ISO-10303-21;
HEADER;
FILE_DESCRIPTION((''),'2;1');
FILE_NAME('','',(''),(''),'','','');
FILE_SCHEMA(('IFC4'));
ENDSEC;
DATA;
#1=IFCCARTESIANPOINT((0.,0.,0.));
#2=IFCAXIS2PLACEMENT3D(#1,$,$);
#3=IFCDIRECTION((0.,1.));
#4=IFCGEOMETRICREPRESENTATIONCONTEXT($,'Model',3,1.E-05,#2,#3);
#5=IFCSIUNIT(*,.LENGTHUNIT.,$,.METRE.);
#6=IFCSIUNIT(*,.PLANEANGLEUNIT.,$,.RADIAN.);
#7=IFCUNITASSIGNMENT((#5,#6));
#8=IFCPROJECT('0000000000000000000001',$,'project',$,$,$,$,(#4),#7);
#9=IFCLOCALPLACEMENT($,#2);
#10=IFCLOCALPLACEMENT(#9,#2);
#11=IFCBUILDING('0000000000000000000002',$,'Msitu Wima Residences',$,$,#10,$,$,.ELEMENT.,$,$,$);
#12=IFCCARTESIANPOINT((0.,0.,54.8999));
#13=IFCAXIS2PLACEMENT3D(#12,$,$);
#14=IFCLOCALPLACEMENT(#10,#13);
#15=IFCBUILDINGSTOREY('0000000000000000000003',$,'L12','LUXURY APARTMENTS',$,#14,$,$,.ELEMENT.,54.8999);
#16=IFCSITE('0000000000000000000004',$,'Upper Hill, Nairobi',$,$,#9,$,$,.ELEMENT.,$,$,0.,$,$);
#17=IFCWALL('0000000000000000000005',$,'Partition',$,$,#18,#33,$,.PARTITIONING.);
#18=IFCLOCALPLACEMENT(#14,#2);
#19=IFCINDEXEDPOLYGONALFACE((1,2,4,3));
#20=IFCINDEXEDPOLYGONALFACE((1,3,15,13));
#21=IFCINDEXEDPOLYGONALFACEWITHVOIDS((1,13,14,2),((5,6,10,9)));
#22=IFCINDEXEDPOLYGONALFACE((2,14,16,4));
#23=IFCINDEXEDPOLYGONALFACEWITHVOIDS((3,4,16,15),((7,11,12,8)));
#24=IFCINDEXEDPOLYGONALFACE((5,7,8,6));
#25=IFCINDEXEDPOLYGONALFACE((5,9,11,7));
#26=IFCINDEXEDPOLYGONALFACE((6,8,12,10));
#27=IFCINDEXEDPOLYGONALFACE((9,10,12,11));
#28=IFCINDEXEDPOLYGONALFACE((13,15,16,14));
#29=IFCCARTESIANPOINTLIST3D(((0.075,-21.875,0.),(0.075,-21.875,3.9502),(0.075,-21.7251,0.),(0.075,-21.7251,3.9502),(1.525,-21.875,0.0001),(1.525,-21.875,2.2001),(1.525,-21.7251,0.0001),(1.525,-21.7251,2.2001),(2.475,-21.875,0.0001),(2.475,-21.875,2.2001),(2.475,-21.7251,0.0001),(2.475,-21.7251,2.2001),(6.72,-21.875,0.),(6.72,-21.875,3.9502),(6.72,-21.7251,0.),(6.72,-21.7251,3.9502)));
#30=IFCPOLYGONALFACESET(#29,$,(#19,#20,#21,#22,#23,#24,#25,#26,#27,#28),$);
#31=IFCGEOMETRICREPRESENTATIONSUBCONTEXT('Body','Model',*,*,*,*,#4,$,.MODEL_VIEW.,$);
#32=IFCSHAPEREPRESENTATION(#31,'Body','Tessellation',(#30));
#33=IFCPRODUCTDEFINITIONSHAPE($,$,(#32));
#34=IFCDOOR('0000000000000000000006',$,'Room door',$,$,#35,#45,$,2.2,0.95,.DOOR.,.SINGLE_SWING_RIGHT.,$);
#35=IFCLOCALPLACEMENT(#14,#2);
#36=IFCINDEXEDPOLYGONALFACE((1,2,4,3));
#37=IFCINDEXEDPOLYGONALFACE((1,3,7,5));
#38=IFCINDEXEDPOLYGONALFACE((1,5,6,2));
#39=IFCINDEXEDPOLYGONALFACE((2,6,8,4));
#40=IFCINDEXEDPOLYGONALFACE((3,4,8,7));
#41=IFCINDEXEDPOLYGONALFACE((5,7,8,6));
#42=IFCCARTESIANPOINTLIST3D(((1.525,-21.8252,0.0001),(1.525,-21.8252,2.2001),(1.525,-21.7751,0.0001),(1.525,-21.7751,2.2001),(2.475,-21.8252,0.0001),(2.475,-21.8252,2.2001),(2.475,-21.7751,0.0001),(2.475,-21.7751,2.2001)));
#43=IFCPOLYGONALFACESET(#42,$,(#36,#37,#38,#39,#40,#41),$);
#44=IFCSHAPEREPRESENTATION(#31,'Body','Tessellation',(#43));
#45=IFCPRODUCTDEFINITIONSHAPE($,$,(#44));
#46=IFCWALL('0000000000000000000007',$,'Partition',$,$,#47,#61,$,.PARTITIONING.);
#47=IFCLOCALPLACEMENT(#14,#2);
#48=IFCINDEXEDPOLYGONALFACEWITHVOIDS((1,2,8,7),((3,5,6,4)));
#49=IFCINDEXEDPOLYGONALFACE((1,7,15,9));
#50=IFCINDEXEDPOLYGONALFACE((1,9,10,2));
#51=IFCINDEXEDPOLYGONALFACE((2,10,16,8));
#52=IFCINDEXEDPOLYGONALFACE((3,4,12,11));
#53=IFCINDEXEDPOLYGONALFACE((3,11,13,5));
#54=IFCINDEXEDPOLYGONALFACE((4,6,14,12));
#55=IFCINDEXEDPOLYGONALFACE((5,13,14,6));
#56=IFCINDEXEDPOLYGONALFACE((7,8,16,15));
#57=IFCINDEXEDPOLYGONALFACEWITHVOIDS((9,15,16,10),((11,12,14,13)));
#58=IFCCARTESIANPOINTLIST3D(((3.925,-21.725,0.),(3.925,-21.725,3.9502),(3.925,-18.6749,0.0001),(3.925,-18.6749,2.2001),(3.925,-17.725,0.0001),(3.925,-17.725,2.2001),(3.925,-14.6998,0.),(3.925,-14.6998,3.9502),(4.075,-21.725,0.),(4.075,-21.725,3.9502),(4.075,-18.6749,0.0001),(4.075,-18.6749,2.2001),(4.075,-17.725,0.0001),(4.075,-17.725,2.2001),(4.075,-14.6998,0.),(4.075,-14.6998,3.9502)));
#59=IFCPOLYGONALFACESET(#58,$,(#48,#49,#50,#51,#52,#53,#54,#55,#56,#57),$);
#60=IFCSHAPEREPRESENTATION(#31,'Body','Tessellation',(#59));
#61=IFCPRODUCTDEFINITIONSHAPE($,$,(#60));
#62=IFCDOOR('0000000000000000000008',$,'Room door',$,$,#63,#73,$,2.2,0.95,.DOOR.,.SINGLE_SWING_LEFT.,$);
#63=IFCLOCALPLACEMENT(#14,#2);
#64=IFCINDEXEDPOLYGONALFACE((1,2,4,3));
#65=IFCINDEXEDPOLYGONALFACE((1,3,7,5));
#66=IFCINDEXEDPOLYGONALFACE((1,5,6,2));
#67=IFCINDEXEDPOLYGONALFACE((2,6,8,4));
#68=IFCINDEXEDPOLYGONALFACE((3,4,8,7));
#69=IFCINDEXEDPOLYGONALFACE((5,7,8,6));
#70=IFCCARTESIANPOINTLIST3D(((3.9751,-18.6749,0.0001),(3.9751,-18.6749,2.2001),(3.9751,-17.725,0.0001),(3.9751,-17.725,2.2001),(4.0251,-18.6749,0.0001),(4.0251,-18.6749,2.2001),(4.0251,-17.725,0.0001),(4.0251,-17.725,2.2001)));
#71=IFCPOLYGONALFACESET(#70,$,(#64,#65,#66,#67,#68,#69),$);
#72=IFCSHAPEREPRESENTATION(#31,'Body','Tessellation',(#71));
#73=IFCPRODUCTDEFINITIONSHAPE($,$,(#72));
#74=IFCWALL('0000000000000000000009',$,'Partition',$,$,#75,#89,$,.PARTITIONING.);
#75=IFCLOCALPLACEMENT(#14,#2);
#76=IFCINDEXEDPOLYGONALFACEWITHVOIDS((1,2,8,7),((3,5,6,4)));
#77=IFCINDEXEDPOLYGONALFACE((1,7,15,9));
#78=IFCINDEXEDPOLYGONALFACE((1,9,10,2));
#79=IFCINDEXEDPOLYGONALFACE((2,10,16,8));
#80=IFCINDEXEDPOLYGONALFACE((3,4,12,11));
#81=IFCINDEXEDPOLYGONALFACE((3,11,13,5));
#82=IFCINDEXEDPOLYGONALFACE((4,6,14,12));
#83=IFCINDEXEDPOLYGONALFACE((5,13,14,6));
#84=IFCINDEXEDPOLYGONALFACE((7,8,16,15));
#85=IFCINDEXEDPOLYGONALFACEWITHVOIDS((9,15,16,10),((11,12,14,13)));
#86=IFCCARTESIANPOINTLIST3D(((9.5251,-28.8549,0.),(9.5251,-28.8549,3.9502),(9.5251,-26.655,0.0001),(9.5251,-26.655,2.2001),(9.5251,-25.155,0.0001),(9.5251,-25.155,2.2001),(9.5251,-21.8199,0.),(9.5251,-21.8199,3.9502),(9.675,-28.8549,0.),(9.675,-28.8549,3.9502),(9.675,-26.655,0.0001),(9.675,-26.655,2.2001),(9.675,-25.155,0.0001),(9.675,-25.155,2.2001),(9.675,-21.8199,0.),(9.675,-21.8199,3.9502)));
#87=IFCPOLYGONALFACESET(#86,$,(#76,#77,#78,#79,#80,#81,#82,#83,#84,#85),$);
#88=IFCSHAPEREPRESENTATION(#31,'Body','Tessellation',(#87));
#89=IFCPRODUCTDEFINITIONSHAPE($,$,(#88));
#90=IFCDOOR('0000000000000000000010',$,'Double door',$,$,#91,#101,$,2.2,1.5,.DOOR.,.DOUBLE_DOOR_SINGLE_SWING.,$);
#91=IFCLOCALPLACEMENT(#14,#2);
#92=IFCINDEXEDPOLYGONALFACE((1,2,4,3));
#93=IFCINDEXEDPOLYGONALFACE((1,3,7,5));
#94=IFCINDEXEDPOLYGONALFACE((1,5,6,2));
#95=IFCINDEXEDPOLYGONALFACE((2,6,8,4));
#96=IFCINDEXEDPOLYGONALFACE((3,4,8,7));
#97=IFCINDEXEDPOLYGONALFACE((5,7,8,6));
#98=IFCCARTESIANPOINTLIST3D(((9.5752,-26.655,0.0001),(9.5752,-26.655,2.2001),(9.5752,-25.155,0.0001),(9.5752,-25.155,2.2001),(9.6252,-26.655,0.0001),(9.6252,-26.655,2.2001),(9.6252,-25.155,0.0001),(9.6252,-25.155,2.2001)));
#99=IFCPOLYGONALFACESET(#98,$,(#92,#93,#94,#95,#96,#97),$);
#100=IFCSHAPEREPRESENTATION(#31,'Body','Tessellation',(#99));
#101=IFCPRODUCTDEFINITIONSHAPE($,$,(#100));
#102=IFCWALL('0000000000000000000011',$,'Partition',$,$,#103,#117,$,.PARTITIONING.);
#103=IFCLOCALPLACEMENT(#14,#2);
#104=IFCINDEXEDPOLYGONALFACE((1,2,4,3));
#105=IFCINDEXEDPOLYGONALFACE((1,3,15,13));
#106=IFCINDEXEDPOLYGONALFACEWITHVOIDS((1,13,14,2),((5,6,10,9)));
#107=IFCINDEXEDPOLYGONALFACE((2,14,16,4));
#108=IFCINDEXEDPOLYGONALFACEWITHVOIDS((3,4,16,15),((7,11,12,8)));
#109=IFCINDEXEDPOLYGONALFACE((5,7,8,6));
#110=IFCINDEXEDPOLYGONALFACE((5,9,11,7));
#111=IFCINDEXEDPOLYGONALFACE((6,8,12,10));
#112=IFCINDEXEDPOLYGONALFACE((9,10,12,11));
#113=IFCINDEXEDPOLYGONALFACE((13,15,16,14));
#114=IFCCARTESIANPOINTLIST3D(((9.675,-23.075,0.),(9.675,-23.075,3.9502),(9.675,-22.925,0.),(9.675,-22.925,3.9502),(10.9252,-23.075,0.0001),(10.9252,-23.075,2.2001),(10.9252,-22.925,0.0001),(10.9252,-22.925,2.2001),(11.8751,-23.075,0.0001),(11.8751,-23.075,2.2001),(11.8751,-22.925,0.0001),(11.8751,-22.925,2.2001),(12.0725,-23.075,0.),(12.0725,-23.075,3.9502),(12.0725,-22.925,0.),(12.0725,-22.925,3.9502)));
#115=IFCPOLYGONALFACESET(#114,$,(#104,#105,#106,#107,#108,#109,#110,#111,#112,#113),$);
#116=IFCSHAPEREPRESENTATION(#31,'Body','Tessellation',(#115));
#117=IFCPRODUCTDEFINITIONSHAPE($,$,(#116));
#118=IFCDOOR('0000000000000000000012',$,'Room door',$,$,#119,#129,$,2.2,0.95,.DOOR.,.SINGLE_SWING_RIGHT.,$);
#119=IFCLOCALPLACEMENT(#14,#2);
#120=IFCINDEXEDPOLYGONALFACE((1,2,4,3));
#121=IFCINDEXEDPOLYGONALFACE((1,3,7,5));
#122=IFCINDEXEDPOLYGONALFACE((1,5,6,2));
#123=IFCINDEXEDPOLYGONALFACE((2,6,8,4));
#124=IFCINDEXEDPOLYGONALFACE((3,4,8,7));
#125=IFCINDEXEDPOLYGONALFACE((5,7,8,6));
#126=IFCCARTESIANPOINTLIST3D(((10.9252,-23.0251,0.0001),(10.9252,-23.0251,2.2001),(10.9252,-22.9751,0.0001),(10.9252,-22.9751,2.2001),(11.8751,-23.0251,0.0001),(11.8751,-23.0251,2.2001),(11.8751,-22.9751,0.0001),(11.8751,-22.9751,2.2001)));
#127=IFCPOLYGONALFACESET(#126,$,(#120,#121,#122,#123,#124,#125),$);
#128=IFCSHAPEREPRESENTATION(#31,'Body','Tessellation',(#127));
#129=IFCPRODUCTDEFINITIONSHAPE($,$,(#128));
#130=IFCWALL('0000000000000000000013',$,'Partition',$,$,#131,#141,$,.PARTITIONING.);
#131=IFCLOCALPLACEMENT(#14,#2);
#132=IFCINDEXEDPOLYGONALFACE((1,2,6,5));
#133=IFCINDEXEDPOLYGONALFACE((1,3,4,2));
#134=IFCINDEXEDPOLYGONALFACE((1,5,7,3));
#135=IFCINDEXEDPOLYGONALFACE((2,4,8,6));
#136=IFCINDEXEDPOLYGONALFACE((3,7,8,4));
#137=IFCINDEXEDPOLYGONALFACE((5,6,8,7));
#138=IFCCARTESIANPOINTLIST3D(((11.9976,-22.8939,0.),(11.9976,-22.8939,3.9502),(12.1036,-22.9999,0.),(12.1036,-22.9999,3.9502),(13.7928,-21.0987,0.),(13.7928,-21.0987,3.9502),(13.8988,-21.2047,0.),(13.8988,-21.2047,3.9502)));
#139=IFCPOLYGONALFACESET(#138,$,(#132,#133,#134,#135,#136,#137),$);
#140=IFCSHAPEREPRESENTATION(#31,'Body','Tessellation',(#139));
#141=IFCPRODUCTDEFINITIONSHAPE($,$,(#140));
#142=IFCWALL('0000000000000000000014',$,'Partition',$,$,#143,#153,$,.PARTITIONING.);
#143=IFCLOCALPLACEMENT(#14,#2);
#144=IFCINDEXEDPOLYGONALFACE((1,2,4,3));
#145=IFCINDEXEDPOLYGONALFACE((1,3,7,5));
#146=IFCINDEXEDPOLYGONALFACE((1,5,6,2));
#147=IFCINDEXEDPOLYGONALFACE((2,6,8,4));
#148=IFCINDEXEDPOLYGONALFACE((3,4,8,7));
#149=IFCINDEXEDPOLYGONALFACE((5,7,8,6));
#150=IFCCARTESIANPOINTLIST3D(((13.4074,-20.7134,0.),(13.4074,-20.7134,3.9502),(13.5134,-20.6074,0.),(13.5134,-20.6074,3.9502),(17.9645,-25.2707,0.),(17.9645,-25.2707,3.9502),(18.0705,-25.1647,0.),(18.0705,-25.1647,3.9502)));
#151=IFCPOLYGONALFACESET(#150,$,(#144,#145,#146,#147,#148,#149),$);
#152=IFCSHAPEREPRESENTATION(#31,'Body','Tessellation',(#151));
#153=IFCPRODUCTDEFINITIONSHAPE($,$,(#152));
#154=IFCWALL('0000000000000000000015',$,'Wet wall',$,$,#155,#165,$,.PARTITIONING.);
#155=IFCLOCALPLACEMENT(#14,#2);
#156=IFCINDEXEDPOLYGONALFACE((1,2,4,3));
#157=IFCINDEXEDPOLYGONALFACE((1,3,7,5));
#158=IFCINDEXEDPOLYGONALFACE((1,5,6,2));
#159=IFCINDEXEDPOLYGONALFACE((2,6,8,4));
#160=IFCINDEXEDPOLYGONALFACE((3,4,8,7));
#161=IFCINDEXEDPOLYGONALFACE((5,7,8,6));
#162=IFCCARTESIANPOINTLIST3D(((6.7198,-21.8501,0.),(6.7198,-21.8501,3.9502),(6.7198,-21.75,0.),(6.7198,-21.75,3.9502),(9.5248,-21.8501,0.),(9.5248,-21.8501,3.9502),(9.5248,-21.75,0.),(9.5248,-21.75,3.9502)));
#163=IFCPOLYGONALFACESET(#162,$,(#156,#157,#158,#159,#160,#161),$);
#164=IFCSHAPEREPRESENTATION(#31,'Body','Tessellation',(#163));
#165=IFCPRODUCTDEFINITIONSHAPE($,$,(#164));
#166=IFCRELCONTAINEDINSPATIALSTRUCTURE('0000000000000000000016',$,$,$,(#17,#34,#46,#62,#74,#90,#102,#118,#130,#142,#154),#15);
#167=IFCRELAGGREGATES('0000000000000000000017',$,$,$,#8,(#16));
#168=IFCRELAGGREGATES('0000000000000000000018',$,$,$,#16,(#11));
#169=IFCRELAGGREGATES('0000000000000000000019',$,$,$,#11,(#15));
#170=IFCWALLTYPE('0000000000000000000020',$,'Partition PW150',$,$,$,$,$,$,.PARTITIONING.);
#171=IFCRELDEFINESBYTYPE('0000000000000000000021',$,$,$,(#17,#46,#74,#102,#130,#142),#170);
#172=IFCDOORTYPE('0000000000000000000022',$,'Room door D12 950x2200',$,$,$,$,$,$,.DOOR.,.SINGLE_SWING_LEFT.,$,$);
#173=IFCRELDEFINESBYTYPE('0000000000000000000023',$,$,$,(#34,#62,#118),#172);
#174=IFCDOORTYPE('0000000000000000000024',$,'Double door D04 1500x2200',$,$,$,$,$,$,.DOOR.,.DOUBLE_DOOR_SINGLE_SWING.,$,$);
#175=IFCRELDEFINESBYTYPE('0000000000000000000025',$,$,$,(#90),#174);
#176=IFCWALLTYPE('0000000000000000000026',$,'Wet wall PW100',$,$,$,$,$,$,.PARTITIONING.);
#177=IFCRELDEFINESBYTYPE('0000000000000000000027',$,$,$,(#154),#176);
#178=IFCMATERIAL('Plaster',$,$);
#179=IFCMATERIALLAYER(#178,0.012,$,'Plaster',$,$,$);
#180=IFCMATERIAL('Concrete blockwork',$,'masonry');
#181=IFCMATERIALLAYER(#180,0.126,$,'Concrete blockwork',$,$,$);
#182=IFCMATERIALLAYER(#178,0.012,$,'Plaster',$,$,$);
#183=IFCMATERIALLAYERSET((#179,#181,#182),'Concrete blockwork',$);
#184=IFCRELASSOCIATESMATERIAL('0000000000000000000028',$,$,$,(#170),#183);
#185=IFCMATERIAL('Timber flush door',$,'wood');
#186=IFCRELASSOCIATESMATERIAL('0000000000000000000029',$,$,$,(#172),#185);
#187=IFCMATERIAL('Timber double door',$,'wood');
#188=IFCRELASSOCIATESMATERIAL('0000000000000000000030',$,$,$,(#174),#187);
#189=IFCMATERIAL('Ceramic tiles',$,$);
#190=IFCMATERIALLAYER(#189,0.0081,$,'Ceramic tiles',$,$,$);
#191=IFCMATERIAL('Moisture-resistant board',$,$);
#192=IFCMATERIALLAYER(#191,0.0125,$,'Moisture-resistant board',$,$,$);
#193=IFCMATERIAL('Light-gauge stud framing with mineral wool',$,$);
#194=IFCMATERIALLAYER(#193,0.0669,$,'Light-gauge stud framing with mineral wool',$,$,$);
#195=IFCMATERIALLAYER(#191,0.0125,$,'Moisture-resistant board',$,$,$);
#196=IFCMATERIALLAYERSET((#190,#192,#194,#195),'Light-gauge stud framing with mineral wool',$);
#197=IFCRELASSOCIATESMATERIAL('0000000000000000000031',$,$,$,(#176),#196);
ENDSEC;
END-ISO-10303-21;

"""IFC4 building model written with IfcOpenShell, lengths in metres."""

from ifc_helpers import new_model, si_unit, direction, frame, frame_2d, origin, place, context, subcontext, project, spatial, rectangle, extrude, material, layer, layer_set, type_object, element, fill, save


model = new_model("IFC4")

# Units and contexts
model_context = context("Model", 3, precision=1e-05, world=origin(), true_north=direction((0.0, 1.0)))
body_context = subcontext(model_context, "Body", "Model", "MODEL_VIEW")
ifc_project = project(units=[si_unit("LENGTHUNIT", "METRE"), si_unit("PLANEANGLEUNIT", "RADIAN")], contexts=[model_context])

# Site, building, storey
site_placement = place(None, origin())
site = spatial("IfcSite", under=ifc_project, at=site_placement, Name="Upper Hill, Nairobi", CompositionType="ELEMENT", RefElevation=0.0)
building_placement = place(site_placement, origin())
building = spatial("IfcBuilding", under=site, at=building_placement, Name="Msitu Wima Residences", CompositionType="ELEMENT")
storey_placement = place(building_placement, frame((0.0, 0.0, 54.8999)))
storey = spatial("IfcBuildingStorey", under=building, at=storey_placement, Name="L12", Description="LUXURY APARTMENTS", CompositionType="ELEMENT", Elevation=54.8999)

# Walls, openings, doors
ifc_material_1 = material(Name="Plaster")
ifc_layer_1 = layer(ifc_material_1, 0.012, Name="Plaster")
ifc_material_2 = material(Name="Concrete blockwork", Category="masonry")
ifc_layer_2 = layer(ifc_material_2, 0.126, Name="Concrete blockwork")
ifc_layer_3 = layer(ifc_material_1, 0.012, Name="Plaster")
ifc_layer_set_1 = layer_set([ifc_layer_1, ifc_layer_2, ifc_layer_3], Name="Concrete blockwork")
wall_type_1 = type_object("IfcWallType", Name="Partition PW150", PredefinedType="PARTITIONING", material=ifc_layer_set_1)
ifc_material_3 = material(Name="Timber flush door", Category="wood")
door_type_1 = type_object("IfcDoorType", Name="Room door D12 950x2200", OperationType="SINGLE_SWING_LEFT", PredefinedType="DOOR", material=ifc_material_3)
wall_1_placement = place(storey_placement, frame((0.075, -21.8, 0.0), z_axis=(0.0, 0.0, 1.0), x_axis=(1.0, 0.0, 0.0)))
wall_1 = element("IfcWall", 1, at=wall_1_placement, inside=storey, type_object=wall_type_1, Name="Partition", PredefinedType="PARTITIONING", context=body_context, shape_type="SweptSolid", body=[
    extrude(rectangle(XDim=6.645, YDim=0.1499, at=frame_2d((3.3225, 0.0))), origin(), (0.0, 0.0, 1.0), 3.9502),
])
opening_1_placement = place(wall_1_placement, frame((1.45, 0.0, 0.0)))
opening_1 = element("IfcOpeningElement", 2, at=opening_1_placement, cuts=wall_1, PredefinedType="OPENING", context=body_context, shape_type="SweptSolid", body=[
    extrude(rectangle(XDim=0.95, YDim=2.2, at=frame_2d((0.4751, 1.1001))), frame((0.0, 0.085, 0.0), z_axis=(0.0, -1.0, 0.0), x_axis=(1.0, 0.0, 0.0)), (0.0, 0.0, 1.0), 0.1699),
])
door_1_placement = place(opening_1_placement, origin())
door_1 = element("IfcDoor", 3, at=door_1_placement, inside=storey, type_object=door_type_1, Name="Room door", OperationType="SINGLE_SWING_RIGHT", OverallHeight=2.2, OverallWidth=0.95, PredefinedType="DOOR", context=body_context, shape_type="SweptSolid", body=[
    extrude(rectangle(XDim=0.95, YDim=2.2, at=frame_2d((0.4751, 1.1001))), frame((0.0, 0.0249, 0.0), z_axis=(0.0, -1.0, 0.0), x_axis=(1.0, 0.0, 0.0)), (0.0, 0.0, 1.0), 0.05),
])
fill(opening_1, door_1)
wall_2_placement = place(storey_placement, frame((4.0, -21.7251, 0.0), z_axis=(0.0, 0.0, 1.0), x_axis=(0.0, 1.0, 0.0)))
wall_2 = element("IfcWall", 4, at=wall_2_placement, inside=storey, type_object=wall_type_1, Name="Partition", PredefinedType="PARTITIONING", context=body_context, shape_type="SweptSolid", body=[
    extrude(rectangle(XDim=7.0251, YDim=0.1499, at=frame_2d((3.5127, 0.0))), origin(), (0.0, 0.0, 1.0), 3.9502),
])
opening_2_placement = place(wall_2_placement, frame((3.05, 0.0, 0.0)))
opening_2 = element("IfcOpeningElement", 5, at=opening_2_placement, cuts=wall_2, PredefinedType="OPENING", context=body_context, shape_type="SweptSolid", body=[
    extrude(rectangle(XDim=0.95, YDim=2.2, at=frame_2d((0.4751, 1.1001))), frame((0.0, 0.085, 0.0), z_axis=(0.0, -1.0, 0.0), x_axis=(1.0, 0.0, 0.0)), (0.0, 0.0, 1.0), 0.1699),
])
door_2_placement = place(opening_2_placement, origin())
door_2 = element("IfcDoor", 6, at=door_2_placement, inside=storey, type_object=door_type_1, Name="Room door", OperationType="SINGLE_SWING_LEFT", OverallHeight=2.2, OverallWidth=0.95, PredefinedType="DOOR", context=body_context, shape_type="SweptSolid", body=[
    extrude(rectangle(XDim=0.95, YDim=2.2, at=frame_2d((0.4751, 1.1001))), frame((0.0, 0.0249, 0.0), z_axis=(0.0, -1.0, 0.0), x_axis=(1.0, 0.0, 0.0)), (0.0, 0.0, 1.0), 0.05),
])
fill(opening_2, door_2)
wall_3_placement = place(storey_placement, frame((9.6001, -28.855, 0.0), z_axis=(0.0, 0.0, 1.0), x_axis=(0.0, 1.0, 0.0)))
wall_3 = element("IfcWall", 7, at=wall_3_placement, inside=storey, type_object=wall_type_1, Name="Partition", PredefinedType="PARTITIONING", context=body_context, shape_type="SweptSolid", body=[
    extrude(rectangle(XDim=7.0349, YDim=0.1499, at=frame_2d((3.5176, 0.0))), origin(), (0.0, 0.0, 1.0), 3.9502),
])
opening_3_placement = place(wall_3_placement, frame((2.2, 0.0, 0.0)))
opening_3 = element("IfcOpeningElement", 8, at=opening_3_placement, cuts=wall_3, PredefinedType="OPENING", context=body_context, shape_type="SweptSolid", body=[
    extrude(rectangle(XDim=1.5, YDim=2.2, at=frame_2d((0.75, 1.1001))), frame((0.0, 0.085, 0.0), z_axis=(0.0, -1.0, 0.0), x_axis=(1.0, 0.0, 0.0)), (0.0, 0.0, 1.0), 0.1699),
])
ifc_material_4 = material(Name="Timber double door", Category="wood")
door_type_2 = type_object("IfcDoorType", Name="Double door D04 1500x2200", OperationType="DOUBLE_DOOR_SINGLE_SWING", PredefinedType="DOOR", material=ifc_material_4)
door_3_placement = place(opening_3_placement, origin())
door_3 = element("IfcDoor", 9, at=door_3_placement, inside=storey, type_object=door_type_2, Name="Double door", OperationType="DOUBLE_DOOR_SINGLE_SWING", OverallHeight=2.2, OverallWidth=1.5, PredefinedType="DOOR", context=body_context, shape_type="SweptSolid", body=[
    extrude(rectangle(XDim=1.5, YDim=2.2, at=frame_2d((0.75, 1.1001))), frame((0.0, 0.0249, 0.0), z_axis=(0.0, -1.0, 0.0), x_axis=(1.0, 0.0, 0.0)), (0.0, 0.0, 1.0), 0.05),
])
fill(opening_3, door_3)
wall_4_placement = place(storey_placement, frame((9.675, -23.0, 0.0), z_axis=(0.0, 0.0, 1.0), x_axis=(1.0, 0.0, 0.0)))
wall_4 = element("IfcWall", 10, at=wall_4_placement, inside=storey, type_object=wall_type_1, Name="Partition", PredefinedType="PARTITIONING", context=body_context, shape_type="SweptSolid", body=[
    extrude(rectangle(XDim=2.3975, YDim=0.1499, at=frame_2d((1.1987, 0.0))), origin(), (0.0, 0.0, 1.0), 3.9502),
])
opening_4_placement = place(wall_4_placement, frame((1.25, 0.0, 0.0)))
opening_4 = element("IfcOpeningElement", 11, at=opening_4_placement, cuts=wall_4, PredefinedType="OPENING", context=body_context, shape_type="SweptSolid", body=[
    extrude(rectangle(XDim=0.95, YDim=2.2, at=frame_2d((0.4751, 1.1001))), frame((0.0, 0.085, 0.0), z_axis=(0.0, -1.0, 0.0), x_axis=(1.0, 0.0, 0.0)), (0.0, 0.0, 1.0), 0.1699),
])
door_4_placement = place(opening_4_placement, origin())
door_4 = element("IfcDoor", 12, at=door_4_placement, inside=storey, type_object=door_type_1, Name="Room door", OperationType="SINGLE_SWING_RIGHT", OverallHeight=2.2, OverallWidth=0.95, PredefinedType="DOOR", context=body_context, shape_type="SweptSolid", body=[
    extrude(rectangle(XDim=0.95, YDim=2.2, at=frame_2d((0.4751, 1.1001))), frame((0.0, 0.0249, 0.0), z_axis=(0.0, -1.0, 0.0), x_axis=(1.0, 0.0, 0.0)), (0.0, 0.0, 1.0), 0.05),
])
fill(opening_4, door_4)

# Walls
wall_5_placement = place(storey_placement, frame((12.0505, -22.947, 0.0), z_axis=(0.0, 0.0, 1.0), x_axis=(0.707107, 0.707107, 0.0)))
element("IfcWall", 13, at=wall_5_placement, inside=storey, type_object=wall_type_1, Name="Partition", PredefinedType="PARTITIONING", context=body_context, shape_type="SweptSolid", body=[
    extrude(rectangle(XDim=2.5388, YDim=0.1499, at=frame_2d((1.2695, 0.0))), origin(), (0.0, 0.0, 1.0), 3.9502),
])
wall_6_placement = place(storey_placement, frame((13.4604, -20.6604, 0.0), z_axis=(0.0, 0.0, 1.0), x_axis=(0.707088, -0.707126, 0.0)))
element("IfcWall", 14, at=wall_6_placement, inside=storey, type_object=wall_type_1, Name="Partition", PredefinedType="PARTITIONING", context=body_context, shape_type="SweptSolid", body=[
    extrude(rectangle(XDim=6.4448, YDim=0.1499, at=frame_2d((3.2224, 0.0))), origin(), (0.0, 0.0, 1.0), 3.9502),
])
ifc_material_5 = material(Name="Ceramic tiles")
ifc_layer_4 = layer(ifc_material_5, 0.0081, Name="Ceramic tiles")
ifc_material_6 = material(Name="Moisture-resistant board")
ifc_layer_5 = layer(ifc_material_6, 0.0125, Name="Moisture-resistant board")
ifc_material_7 = material(Name="Light-gauge stud framing with mineral wool")
ifc_layer_6 = layer(ifc_material_7, 0.0669, Name="Light-gauge stud framing with mineral wool")
ifc_layer_7 = layer(ifc_material_6, 0.0125, Name="Moisture-resistant board")
ifc_layer_set_2 = layer_set([ifc_layer_4, ifc_layer_5, ifc_layer_6, ifc_layer_7], Name="Light-gauge stud framing with mineral wool")
wall_type_2 = type_object("IfcWallType", Name="Wet wall PW100", PredefinedType="PARTITIONING", material=ifc_layer_set_2)
wall_7_placement = place(storey_placement, frame((6.72, -21.8, 0.0), z_axis=(0.0, 0.0, 1.0), x_axis=(1.0, 0.0, 0.0)))
element("IfcWall", 15, at=wall_7_placement, inside=storey, type_object=wall_type_2, Name="Wet wall", PredefinedType="PARTITIONING", context=body_context, shape_type="SweptSolid", body=[
    extrude(rectangle(XDim=2.8049, YDim=0.1001, at=frame_2d((1.4023, 0.0))), origin(), (0.0, 0.0, 1.0), 3.9502),
])

save(model, "model.ifc")
